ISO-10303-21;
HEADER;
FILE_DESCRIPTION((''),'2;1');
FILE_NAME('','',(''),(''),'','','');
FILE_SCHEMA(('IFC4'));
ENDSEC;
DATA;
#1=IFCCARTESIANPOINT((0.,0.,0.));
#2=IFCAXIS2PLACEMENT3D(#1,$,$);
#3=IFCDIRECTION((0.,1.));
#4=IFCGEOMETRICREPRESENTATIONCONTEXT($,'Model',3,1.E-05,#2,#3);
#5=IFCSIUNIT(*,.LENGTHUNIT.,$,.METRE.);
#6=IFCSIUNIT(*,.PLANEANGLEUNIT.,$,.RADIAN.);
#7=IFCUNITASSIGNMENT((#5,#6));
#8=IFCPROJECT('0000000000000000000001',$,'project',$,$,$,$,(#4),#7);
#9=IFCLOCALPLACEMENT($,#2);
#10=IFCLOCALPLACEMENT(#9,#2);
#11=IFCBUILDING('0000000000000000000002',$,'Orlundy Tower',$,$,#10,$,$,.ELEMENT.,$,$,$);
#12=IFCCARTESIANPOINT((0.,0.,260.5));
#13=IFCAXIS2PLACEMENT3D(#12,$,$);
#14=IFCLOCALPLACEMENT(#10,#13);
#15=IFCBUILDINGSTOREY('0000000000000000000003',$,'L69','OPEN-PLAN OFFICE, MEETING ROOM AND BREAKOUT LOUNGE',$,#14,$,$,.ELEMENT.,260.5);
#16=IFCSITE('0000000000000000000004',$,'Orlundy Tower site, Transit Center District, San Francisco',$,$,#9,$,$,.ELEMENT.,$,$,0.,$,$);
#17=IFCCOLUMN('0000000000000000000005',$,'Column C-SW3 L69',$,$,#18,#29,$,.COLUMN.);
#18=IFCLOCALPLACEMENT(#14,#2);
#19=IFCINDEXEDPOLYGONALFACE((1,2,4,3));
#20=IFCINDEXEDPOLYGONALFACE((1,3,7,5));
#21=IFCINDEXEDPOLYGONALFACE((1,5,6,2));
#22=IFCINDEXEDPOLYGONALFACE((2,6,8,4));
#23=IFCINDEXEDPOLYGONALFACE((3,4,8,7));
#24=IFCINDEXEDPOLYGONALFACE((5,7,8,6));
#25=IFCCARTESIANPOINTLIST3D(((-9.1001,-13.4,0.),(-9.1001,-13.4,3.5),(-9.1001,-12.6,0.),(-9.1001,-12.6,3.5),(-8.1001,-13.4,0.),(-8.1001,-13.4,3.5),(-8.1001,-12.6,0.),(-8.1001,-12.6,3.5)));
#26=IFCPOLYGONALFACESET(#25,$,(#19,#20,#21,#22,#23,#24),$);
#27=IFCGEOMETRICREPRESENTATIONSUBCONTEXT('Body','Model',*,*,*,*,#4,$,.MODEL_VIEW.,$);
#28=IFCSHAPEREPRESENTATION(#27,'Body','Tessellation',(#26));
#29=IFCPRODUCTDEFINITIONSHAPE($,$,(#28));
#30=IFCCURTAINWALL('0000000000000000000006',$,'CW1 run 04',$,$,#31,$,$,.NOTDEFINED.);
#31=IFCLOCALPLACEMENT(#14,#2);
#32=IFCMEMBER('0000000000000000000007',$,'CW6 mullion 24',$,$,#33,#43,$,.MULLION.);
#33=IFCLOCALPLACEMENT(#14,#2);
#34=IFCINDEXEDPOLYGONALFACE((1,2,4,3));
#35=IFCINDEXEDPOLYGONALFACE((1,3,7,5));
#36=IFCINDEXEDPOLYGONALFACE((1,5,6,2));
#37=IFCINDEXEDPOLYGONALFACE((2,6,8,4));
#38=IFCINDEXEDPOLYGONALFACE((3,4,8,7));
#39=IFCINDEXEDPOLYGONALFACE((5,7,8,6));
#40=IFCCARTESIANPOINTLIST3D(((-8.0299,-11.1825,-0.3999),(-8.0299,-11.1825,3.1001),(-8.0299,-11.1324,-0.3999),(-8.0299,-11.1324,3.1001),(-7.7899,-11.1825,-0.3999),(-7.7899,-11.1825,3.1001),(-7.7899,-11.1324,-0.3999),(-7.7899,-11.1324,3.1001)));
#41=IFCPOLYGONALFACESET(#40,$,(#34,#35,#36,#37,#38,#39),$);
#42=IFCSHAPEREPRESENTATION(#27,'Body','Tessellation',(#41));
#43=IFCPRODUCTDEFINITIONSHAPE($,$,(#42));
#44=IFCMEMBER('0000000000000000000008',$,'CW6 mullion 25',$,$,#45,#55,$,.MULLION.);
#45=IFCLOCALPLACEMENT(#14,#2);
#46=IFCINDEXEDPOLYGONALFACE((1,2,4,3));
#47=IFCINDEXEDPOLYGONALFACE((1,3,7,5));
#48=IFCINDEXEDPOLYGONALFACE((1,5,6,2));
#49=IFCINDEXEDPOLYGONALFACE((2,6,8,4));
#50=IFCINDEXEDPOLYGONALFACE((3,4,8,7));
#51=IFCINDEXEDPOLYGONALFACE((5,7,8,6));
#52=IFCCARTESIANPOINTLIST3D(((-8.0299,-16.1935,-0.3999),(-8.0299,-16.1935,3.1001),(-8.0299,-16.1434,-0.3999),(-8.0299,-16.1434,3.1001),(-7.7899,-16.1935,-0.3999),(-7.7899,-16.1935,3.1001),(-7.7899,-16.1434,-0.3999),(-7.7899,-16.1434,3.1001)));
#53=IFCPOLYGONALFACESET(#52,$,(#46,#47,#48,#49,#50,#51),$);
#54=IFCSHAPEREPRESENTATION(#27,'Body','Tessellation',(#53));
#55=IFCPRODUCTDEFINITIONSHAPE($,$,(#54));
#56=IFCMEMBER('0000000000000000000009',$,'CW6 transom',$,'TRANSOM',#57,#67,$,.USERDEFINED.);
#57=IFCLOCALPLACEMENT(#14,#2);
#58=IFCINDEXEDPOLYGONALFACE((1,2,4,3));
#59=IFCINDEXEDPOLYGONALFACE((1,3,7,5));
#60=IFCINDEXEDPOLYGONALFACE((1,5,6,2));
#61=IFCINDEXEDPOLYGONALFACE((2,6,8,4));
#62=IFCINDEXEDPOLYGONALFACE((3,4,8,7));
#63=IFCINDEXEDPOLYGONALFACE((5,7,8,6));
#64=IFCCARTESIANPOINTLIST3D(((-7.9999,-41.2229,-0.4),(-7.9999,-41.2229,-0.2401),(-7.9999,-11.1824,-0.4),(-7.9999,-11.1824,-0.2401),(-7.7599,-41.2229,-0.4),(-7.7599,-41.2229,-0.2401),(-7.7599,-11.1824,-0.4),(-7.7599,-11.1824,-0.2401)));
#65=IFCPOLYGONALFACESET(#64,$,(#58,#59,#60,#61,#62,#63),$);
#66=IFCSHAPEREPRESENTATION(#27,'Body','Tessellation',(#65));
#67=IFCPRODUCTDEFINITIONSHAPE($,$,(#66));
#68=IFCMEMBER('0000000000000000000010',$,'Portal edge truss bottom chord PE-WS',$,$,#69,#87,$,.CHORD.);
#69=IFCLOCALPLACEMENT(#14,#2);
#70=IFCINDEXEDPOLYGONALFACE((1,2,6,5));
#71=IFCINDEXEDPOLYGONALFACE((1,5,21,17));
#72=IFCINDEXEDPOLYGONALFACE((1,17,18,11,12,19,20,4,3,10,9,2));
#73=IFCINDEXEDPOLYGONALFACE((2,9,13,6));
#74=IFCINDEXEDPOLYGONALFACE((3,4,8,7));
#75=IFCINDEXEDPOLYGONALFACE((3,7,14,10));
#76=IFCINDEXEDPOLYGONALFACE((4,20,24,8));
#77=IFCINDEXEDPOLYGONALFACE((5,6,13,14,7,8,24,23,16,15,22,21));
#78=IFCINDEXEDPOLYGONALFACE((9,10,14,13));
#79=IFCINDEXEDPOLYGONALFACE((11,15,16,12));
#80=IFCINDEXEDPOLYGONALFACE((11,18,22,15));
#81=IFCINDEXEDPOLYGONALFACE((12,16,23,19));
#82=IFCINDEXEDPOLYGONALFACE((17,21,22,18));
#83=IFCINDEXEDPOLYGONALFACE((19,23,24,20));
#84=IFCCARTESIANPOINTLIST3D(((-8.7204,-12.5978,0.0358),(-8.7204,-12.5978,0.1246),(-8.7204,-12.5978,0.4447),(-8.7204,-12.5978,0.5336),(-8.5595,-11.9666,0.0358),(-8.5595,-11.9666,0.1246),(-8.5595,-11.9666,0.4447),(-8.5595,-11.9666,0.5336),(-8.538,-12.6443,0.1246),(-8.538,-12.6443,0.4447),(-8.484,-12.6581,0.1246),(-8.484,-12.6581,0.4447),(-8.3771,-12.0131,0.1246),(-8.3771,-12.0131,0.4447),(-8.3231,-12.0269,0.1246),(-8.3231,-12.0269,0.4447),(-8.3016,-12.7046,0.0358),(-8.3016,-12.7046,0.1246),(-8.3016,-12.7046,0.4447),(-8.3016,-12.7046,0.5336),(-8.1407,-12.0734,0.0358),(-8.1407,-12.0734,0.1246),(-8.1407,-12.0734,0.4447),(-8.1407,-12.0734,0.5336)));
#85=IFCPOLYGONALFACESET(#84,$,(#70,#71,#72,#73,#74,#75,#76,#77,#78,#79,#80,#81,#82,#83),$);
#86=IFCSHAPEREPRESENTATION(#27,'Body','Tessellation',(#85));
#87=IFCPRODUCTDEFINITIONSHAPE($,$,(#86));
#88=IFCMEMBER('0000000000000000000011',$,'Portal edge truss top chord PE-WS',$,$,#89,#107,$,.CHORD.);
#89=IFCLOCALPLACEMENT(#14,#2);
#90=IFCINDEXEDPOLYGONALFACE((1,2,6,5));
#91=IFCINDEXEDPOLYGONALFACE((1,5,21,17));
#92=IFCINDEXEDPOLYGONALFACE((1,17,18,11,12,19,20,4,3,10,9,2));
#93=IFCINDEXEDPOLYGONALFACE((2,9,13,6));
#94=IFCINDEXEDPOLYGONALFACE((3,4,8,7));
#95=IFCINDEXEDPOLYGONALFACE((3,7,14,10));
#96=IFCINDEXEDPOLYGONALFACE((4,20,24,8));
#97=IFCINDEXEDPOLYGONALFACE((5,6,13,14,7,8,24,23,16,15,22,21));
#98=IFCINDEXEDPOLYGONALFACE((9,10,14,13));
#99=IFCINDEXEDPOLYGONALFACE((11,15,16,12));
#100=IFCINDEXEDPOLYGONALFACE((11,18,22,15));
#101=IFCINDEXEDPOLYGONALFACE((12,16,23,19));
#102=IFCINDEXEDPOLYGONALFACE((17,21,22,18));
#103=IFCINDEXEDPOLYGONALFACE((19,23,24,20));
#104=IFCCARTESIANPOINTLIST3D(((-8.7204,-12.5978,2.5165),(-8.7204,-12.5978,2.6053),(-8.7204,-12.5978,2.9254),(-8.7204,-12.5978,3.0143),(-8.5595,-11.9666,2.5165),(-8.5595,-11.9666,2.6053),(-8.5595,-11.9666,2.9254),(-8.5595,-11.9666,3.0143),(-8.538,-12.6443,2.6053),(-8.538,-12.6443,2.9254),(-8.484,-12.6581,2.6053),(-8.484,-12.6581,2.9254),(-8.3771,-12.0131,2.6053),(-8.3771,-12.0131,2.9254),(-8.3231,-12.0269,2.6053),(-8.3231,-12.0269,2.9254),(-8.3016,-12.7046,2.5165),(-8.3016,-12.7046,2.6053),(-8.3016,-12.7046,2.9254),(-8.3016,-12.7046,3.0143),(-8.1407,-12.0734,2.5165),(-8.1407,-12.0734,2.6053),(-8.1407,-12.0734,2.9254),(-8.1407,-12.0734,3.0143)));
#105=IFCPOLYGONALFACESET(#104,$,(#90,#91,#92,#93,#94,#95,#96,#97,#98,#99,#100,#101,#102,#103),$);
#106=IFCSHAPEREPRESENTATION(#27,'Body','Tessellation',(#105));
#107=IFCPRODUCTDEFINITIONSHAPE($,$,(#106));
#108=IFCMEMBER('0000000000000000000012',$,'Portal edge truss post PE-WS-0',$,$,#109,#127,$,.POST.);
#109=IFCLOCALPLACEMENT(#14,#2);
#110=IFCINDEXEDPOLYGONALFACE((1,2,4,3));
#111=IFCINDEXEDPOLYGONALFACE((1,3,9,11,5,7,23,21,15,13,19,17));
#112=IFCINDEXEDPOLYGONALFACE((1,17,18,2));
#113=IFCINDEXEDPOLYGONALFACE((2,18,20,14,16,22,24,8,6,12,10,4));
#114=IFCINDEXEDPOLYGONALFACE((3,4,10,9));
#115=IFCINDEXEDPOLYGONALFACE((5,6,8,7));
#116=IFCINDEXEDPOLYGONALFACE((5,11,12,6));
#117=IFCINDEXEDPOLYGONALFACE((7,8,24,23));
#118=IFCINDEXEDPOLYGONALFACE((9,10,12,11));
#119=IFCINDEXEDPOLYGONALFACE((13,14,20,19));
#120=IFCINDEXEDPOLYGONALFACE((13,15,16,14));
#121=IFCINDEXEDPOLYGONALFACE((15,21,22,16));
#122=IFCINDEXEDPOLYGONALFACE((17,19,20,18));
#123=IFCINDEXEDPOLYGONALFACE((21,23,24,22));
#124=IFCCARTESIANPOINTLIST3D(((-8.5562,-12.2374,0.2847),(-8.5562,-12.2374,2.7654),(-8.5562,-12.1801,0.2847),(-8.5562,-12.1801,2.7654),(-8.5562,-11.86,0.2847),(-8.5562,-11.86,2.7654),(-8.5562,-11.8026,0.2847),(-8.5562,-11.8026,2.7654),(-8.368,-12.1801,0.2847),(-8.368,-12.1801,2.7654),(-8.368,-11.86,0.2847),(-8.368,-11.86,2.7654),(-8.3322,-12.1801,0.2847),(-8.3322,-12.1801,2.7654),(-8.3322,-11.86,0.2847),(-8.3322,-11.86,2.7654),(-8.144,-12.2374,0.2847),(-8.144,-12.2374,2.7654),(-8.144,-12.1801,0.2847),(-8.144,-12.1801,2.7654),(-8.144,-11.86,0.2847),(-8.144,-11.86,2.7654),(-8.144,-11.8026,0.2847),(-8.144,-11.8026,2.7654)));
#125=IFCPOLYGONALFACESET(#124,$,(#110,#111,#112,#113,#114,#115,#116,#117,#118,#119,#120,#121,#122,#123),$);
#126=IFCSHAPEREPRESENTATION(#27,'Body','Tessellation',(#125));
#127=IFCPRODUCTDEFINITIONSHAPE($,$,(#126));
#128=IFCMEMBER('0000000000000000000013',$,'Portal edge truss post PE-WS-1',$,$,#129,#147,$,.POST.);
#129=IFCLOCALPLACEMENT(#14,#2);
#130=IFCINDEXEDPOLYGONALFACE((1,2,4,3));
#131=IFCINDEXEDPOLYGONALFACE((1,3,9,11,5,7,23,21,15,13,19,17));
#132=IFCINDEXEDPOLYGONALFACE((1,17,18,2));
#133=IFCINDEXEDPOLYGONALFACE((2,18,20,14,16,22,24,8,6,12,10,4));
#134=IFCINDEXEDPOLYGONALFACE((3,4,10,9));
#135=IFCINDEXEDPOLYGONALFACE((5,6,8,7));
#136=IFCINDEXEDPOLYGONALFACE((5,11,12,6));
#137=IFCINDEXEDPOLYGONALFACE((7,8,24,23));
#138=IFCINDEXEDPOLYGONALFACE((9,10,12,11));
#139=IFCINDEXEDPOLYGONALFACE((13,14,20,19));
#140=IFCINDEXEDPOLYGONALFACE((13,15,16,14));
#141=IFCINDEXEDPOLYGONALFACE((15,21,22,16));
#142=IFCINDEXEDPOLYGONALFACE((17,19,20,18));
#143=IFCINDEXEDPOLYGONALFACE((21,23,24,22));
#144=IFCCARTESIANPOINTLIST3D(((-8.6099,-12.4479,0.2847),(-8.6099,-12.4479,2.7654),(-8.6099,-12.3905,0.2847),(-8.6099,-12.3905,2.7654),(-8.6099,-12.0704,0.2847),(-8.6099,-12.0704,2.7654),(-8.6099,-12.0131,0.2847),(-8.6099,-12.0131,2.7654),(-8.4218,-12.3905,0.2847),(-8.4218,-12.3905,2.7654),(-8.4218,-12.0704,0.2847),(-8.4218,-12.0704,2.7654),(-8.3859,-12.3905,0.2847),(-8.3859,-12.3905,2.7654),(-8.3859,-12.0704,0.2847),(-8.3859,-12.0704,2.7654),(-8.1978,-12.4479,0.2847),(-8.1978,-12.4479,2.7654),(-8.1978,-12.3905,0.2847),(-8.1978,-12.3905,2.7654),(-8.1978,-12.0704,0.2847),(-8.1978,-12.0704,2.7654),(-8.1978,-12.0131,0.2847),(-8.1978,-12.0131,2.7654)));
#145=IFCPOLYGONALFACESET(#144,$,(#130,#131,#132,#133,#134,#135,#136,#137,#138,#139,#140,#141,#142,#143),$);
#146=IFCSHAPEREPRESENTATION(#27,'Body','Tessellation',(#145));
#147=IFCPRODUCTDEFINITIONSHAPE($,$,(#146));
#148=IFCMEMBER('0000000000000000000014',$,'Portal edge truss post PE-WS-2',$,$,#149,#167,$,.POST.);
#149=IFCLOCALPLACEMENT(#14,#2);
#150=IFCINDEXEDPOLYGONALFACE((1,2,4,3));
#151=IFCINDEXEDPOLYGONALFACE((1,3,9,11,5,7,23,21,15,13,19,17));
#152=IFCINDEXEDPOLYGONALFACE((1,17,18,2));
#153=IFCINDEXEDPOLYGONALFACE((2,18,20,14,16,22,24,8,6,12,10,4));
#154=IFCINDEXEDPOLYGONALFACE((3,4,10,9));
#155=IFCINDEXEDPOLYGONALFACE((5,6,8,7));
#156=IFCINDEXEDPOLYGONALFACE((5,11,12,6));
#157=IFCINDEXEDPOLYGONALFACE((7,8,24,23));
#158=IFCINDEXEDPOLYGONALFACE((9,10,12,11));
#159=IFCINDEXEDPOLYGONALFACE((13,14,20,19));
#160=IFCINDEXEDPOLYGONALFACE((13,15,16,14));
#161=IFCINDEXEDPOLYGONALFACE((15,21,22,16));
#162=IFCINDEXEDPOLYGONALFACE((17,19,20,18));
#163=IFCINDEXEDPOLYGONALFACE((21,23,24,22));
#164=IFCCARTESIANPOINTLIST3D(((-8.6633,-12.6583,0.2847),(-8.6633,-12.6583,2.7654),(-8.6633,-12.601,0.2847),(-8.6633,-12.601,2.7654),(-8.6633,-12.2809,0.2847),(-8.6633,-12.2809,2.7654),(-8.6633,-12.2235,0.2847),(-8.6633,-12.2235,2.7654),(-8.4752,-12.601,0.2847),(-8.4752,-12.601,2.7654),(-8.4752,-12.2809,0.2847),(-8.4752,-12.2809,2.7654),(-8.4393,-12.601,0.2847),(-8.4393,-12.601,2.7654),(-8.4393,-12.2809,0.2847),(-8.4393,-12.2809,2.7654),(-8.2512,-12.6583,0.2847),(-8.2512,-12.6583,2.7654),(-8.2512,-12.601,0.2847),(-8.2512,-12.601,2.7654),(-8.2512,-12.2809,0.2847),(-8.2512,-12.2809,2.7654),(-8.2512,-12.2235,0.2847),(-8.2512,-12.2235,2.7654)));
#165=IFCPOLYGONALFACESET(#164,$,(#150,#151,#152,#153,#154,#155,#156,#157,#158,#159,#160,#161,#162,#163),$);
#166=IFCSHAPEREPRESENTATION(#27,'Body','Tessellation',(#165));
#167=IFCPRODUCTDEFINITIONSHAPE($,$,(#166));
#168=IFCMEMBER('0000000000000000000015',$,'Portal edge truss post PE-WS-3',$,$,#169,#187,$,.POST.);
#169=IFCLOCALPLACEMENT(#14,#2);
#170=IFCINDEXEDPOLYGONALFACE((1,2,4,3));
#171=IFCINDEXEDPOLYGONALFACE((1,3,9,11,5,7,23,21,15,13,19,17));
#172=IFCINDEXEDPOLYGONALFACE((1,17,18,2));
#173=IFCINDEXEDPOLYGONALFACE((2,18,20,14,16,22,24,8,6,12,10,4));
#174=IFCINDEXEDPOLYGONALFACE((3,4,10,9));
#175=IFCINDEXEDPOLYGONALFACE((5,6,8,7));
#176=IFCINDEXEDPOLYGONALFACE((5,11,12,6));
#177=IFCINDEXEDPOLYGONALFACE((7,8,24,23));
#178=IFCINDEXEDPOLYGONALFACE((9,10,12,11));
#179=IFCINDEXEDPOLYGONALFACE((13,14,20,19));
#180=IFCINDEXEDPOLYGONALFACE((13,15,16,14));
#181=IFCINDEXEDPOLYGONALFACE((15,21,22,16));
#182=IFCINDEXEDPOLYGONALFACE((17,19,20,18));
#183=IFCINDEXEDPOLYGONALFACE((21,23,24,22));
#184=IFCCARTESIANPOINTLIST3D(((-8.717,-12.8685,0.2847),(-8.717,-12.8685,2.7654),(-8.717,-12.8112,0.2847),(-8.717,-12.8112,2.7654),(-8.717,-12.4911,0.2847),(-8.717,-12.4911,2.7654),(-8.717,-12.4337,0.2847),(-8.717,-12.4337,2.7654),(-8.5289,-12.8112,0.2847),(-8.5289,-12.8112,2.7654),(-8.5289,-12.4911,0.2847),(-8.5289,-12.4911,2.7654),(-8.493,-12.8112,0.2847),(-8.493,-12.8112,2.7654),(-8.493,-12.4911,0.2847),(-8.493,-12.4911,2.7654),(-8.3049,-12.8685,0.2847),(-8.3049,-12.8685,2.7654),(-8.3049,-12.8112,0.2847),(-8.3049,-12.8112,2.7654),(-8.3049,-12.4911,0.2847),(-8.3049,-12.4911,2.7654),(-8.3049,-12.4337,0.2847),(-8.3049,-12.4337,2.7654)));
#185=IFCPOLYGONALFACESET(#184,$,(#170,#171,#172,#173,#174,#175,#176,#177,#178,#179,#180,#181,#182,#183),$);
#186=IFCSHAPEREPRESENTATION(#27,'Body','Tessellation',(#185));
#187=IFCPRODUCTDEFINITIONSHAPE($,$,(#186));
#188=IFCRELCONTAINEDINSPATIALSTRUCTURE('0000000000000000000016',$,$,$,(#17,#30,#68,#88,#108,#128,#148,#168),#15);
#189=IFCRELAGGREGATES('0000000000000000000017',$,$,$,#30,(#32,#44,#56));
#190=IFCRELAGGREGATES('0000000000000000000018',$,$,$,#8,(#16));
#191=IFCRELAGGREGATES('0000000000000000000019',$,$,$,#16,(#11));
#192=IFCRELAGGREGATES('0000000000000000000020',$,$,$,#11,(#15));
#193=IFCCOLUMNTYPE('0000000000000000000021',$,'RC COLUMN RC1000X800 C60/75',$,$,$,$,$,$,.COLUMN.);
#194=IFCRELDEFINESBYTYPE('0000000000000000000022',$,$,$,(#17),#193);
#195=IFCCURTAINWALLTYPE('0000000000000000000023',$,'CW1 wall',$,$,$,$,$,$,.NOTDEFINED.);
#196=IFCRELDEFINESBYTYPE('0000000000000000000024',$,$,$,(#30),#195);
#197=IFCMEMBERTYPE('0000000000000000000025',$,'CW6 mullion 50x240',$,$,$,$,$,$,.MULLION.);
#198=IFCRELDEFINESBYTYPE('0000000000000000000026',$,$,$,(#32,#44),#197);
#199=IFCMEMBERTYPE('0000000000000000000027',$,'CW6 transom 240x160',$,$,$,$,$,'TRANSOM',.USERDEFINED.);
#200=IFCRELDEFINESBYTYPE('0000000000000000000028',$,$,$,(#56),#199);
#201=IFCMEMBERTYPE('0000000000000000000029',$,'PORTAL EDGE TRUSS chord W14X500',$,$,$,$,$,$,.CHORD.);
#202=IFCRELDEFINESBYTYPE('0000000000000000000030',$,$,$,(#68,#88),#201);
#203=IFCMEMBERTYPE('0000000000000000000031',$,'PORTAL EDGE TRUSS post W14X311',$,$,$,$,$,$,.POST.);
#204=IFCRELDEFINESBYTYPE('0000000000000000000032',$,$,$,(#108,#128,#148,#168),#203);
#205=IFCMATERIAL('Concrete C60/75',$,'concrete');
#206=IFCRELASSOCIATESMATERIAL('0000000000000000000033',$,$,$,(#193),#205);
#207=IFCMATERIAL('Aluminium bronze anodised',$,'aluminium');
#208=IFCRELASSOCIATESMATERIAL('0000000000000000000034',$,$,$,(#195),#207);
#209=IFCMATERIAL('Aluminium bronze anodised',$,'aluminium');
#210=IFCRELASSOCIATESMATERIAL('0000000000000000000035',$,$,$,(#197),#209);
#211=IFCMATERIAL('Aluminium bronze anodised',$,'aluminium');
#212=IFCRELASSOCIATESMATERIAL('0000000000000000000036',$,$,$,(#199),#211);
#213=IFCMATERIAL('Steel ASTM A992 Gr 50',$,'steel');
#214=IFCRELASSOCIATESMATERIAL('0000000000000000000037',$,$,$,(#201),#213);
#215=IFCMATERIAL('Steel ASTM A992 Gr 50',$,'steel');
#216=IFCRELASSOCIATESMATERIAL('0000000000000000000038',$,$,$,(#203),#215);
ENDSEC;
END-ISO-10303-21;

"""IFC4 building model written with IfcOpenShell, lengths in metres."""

from ifc_helpers import new_model, si_unit, direction, frame, origin, origin_2d, place, context, subcontext, project, spatial, rectangle, i_section, extrude, material, material_profile, profile_set, type_object, element, aggregate, save


model = new_model("IFC4")

# Units and contexts
model_context = context("Model", 3, precision=1e-05, world=origin(), true_north=direction((0.0, 1.0)))
body_context = subcontext(model_context, "Body", "Model", "MODEL_VIEW")
ifc_project = project(units=[si_unit("LENGTHUNIT", "METRE"), si_unit("PLANEANGLEUNIT", "RADIAN")], contexts=[model_context])

# Site, building, storey
site_placement = place(None, origin())
site = spatial("IfcSite", under=ifc_project, at=site_placement, Name="Orlundy Tower site, Transit Center District, San Francisco", CompositionType="ELEMENT", RefElevation=0.0)
building_placement = place(site_placement, origin())
building = spatial("IfcBuilding", under=site, at=building_placement, Name="Orlundy Tower", CompositionType="ELEMENT")
storey_placement = place(building_placement, frame((0.0, 0.0, 260.5)))
storey = spatial("IfcBuildingStorey", under=building, at=storey_placement, Name="L69", Description="OPEN-PLAN OFFICE, MEETING ROOM AND BREAKOUT LOUNGE", CompositionType="ELEMENT", Elevation=260.5)

# Column
ifc_material_1 = material(Name="Concrete C60/75", Category="concrete")
ifc_material_profile_1 = material_profile(ifc_material_1, rectangle(XDim=1.0, YDim=0.8, at=origin_2d()), Name="RC1000X800")
ifc_profile_set_1 = profile_set([ifc_material_profile_1], Name="Concrete C60/75")
column_type = type_object("IfcColumnType", Name="RC COLUMN RC1000X800 C60/75", PredefinedType="COLUMN", material=ifc_profile_set_1)
column_placement = place(storey_placement, frame((-8.6001, -13.0, 0.0), z_axis=(0.0, 0.0, 1.0), x_axis=(1.0, 0.0, 0.0)))
element("IfcColumn", 1, at=column_placement, inside=storey, type_object=column_type, Name="Column C-SW3 L69", PredefinedType="COLUMN", context=body_context, shape_type="SweptSolid", body=[
    extrude(rectangle(XDim=1.0, YDim=0.8, at=origin_2d()), origin(), (0.0, 0.0, 1.0), 3.5),
])

# Curtain wall, members
ifc_material_2 = material(Name="Aluminium bronze anodised", Category="aluminium")
curtain_wall_type = type_object("IfcCurtainWallType", Name="CW1 wall", PredefinedType="NOTDEFINED", material=ifc_material_2)
curtain_wall_1_placement = place(storey_placement, origin())
curtain_wall_1 = element("IfcCurtainWall", 2, at=curtain_wall_1_placement, inside=storey, type_object=curtain_wall_type, Name="CW1 run 04", PredefinedType="NOTDEFINED")
ifc_material_3 = material(Name="Aluminium bronze anodised", Category="aluminium")
ifc_material_profile_2 = material_profile(ifc_material_3, rectangle(XDim=0.24, YDim=0.05, at=origin_2d()), Name="CW6 mullion 50x240")
ifc_profile_set_2 = profile_set([ifc_material_profile_2], Name="Aluminium bronze anodised")
member_type_1 = type_object("IfcMemberType", Name="CW6 mullion 50x240", PredefinedType="MULLION", material=ifc_profile_set_2)
member_1_placement = place(storey_placement, frame((-7.9099, -11.1575, -0.3999), z_axis=(0.0, 0.0, 1.0), x_axis=(1.0, 0.0, 0.0)))
member_1 = element("IfcMember", 3, at=member_1_placement, type_object=member_type_1, Name="CW6 mullion 24", PredefinedType="MULLION", context=body_context, shape_type="SweptSolid", body=[
    extrude(rectangle(XDim=0.24, YDim=0.05, at=origin_2d()), origin(), (0.0, 0.0, 1.0), 3.5),
])
member_2_placement = place(storey_placement, frame((-7.9099, -16.1685, -0.3999), z_axis=(0.0, 0.0, 1.0), x_axis=(1.0, 0.0, 0.0)))
member_2 = element("IfcMember", 4, at=member_2_placement, type_object=member_type_1, Name="CW6 mullion 25", PredefinedType="MULLION", context=body_context, shape_type="SweptSolid", body=[
    extrude(rectangle(XDim=0.24, YDim=0.05, at=origin_2d()), origin(), (0.0, 0.0, 1.0), 3.5),
])
ifc_material_4 = material(Name="Aluminium bronze anodised", Category="aluminium")
ifc_material_profile_3 = material_profile(ifc_material_4, rectangle(XDim=0.24, YDim=0.1599, at=origin_2d()), Name="CW6 transom 240x160")
ifc_profile_set_3 = profile_set([ifc_material_profile_3], Name="Aluminium bronze anodised")
member_type_2 = type_object("IfcMemberType", Name="CW6 transom 240x160", ElementType="TRANSOM", PredefinedType="USERDEFINED", material=ifc_profile_set_3)
member_3_placement = place(storey_placement, frame((-7.8799, -11.1824, -0.3201), z_axis=(0.0, -1.0, 0.0), x_axis=(1.0, 0.0, 0.0)))
member_3 = element("IfcMember", 5, at=member_3_placement, type_object=member_type_2, Name="CW6 transom", ObjectType="TRANSOM", PredefinedType="USERDEFINED", context=body_context, shape_type="SweptSolid", body=[
    extrude(rectangle(XDim=0.24, YDim=0.1599, at=origin_2d()), origin(), (0.0, 0.0, 1.0), 30.0405),
])

# Members
ifc_material_5 = material(Name="Steel ASTM A992 Gr 50", Category="steel")
ifc_material_profile_4 = material_profile(ifc_material_5, i_section(OverallWidth=0.4321, OverallDepth=0.4978, WebThickness=0.0557, FlangeThickness=0.0889, at=origin_2d()), Name="W14X500")
ifc_profile_set_4 = profile_set([ifc_material_profile_4], Name="Steel ASTM A992 Gr 50")
member_type_3 = type_object("IfcMemberType", Name="PORTAL EDGE TRUSS chord W14X500", PredefinedType="CHORD", material=ifc_profile_set_4)
for number, where, z_axis, x_axis, name in (
    (6, (-8.3501, -12.02, 0.2847), (-0.247031, -0.969007, 0.0), (0.969007, -0.247031, 0.0), "Portal edge truss bottom chord PE-WS"),
    (7, (-8.3501, -12.02, 2.7654), (-0.247031, -0.969007, 0.0), (0.969007, -0.247031, 0.0), "Portal edge truss top chord PE-WS"),
):
    element("IfcMember", number, at=place(storey_placement, frame(where, z_axis=z_axis, x_axis=x_axis)), inside=storey, type_object=member_type_3, Name=name, PredefinedType="CHORD", context=body_context, shape_type="SweptSolid", body=[
        extrude(i_section(OverallWidth=0.4321, OverallDepth=0.4978, WebThickness=0.0557, FlangeThickness=0.0889, at=origin_2d()), origin(), (0.0, 0.0, 1.0), 0.6514),
    ])
ifc_material_6 = material(Name="Steel ASTM A992 Gr 50", Category="steel")
ifc_material_profile_5 = material_profile(ifc_material_6, i_section(OverallWidth=0.4121, OverallDepth=0.4348, WebThickness=0.0359, FlangeThickness=0.0574, at=origin_2d()), Name="W14X311")
ifc_profile_set_5 = profile_set([ifc_material_profile_5], Name="Steel ASTM A992 Gr 50")
member_type_4 = type_object("IfcMemberType", Name="PORTAL EDGE TRUSS post W14X311", PredefinedType="POST", material=ifc_profile_set_5)
for number, where, z_axis, x_axis, name in (
    (8, (-8.3501, -12.02, 0.2847), (0.0, 0.0, 1.0), (1.0, 0.0, 0.0), "Portal edge truss post PE-WS-0"),
    (9, (-8.4038, -12.2305, 0.2847), (0.0, 0.0, 1.0), (1.0, 0.0, 0.0), "Portal edge truss post PE-WS-1"),
    (10, (-8.4573, -12.4409, 0.2847), (0.0, 0.0, 1.0), (1.0, 0.0, 0.0), "Portal edge truss post PE-WS-2"),
    (11, (-8.511, -12.6511, 0.2847), (0.0, 0.0, 1.0), (1.0, 0.0, 0.0), "Portal edge truss post PE-WS-3"),
):
    element("IfcMember", number, at=place(storey_placement, frame(where, z_axis=z_axis, x_axis=x_axis)), inside=storey, type_object=member_type_4, Name=name, PredefinedType="POST", context=body_context, shape_type="SweptSolid", body=[
        extrude(i_section(OverallWidth=0.4121, OverallDepth=0.4348, WebThickness=0.0359, FlangeThickness=0.0574, at=origin_2d()), origin(), (0.0, 0.0, 1.0), 2.4807),
    ])

aggregate(curtain_wall_1, [member_1, member_2, member_3])

save(model, "model.ifc")
